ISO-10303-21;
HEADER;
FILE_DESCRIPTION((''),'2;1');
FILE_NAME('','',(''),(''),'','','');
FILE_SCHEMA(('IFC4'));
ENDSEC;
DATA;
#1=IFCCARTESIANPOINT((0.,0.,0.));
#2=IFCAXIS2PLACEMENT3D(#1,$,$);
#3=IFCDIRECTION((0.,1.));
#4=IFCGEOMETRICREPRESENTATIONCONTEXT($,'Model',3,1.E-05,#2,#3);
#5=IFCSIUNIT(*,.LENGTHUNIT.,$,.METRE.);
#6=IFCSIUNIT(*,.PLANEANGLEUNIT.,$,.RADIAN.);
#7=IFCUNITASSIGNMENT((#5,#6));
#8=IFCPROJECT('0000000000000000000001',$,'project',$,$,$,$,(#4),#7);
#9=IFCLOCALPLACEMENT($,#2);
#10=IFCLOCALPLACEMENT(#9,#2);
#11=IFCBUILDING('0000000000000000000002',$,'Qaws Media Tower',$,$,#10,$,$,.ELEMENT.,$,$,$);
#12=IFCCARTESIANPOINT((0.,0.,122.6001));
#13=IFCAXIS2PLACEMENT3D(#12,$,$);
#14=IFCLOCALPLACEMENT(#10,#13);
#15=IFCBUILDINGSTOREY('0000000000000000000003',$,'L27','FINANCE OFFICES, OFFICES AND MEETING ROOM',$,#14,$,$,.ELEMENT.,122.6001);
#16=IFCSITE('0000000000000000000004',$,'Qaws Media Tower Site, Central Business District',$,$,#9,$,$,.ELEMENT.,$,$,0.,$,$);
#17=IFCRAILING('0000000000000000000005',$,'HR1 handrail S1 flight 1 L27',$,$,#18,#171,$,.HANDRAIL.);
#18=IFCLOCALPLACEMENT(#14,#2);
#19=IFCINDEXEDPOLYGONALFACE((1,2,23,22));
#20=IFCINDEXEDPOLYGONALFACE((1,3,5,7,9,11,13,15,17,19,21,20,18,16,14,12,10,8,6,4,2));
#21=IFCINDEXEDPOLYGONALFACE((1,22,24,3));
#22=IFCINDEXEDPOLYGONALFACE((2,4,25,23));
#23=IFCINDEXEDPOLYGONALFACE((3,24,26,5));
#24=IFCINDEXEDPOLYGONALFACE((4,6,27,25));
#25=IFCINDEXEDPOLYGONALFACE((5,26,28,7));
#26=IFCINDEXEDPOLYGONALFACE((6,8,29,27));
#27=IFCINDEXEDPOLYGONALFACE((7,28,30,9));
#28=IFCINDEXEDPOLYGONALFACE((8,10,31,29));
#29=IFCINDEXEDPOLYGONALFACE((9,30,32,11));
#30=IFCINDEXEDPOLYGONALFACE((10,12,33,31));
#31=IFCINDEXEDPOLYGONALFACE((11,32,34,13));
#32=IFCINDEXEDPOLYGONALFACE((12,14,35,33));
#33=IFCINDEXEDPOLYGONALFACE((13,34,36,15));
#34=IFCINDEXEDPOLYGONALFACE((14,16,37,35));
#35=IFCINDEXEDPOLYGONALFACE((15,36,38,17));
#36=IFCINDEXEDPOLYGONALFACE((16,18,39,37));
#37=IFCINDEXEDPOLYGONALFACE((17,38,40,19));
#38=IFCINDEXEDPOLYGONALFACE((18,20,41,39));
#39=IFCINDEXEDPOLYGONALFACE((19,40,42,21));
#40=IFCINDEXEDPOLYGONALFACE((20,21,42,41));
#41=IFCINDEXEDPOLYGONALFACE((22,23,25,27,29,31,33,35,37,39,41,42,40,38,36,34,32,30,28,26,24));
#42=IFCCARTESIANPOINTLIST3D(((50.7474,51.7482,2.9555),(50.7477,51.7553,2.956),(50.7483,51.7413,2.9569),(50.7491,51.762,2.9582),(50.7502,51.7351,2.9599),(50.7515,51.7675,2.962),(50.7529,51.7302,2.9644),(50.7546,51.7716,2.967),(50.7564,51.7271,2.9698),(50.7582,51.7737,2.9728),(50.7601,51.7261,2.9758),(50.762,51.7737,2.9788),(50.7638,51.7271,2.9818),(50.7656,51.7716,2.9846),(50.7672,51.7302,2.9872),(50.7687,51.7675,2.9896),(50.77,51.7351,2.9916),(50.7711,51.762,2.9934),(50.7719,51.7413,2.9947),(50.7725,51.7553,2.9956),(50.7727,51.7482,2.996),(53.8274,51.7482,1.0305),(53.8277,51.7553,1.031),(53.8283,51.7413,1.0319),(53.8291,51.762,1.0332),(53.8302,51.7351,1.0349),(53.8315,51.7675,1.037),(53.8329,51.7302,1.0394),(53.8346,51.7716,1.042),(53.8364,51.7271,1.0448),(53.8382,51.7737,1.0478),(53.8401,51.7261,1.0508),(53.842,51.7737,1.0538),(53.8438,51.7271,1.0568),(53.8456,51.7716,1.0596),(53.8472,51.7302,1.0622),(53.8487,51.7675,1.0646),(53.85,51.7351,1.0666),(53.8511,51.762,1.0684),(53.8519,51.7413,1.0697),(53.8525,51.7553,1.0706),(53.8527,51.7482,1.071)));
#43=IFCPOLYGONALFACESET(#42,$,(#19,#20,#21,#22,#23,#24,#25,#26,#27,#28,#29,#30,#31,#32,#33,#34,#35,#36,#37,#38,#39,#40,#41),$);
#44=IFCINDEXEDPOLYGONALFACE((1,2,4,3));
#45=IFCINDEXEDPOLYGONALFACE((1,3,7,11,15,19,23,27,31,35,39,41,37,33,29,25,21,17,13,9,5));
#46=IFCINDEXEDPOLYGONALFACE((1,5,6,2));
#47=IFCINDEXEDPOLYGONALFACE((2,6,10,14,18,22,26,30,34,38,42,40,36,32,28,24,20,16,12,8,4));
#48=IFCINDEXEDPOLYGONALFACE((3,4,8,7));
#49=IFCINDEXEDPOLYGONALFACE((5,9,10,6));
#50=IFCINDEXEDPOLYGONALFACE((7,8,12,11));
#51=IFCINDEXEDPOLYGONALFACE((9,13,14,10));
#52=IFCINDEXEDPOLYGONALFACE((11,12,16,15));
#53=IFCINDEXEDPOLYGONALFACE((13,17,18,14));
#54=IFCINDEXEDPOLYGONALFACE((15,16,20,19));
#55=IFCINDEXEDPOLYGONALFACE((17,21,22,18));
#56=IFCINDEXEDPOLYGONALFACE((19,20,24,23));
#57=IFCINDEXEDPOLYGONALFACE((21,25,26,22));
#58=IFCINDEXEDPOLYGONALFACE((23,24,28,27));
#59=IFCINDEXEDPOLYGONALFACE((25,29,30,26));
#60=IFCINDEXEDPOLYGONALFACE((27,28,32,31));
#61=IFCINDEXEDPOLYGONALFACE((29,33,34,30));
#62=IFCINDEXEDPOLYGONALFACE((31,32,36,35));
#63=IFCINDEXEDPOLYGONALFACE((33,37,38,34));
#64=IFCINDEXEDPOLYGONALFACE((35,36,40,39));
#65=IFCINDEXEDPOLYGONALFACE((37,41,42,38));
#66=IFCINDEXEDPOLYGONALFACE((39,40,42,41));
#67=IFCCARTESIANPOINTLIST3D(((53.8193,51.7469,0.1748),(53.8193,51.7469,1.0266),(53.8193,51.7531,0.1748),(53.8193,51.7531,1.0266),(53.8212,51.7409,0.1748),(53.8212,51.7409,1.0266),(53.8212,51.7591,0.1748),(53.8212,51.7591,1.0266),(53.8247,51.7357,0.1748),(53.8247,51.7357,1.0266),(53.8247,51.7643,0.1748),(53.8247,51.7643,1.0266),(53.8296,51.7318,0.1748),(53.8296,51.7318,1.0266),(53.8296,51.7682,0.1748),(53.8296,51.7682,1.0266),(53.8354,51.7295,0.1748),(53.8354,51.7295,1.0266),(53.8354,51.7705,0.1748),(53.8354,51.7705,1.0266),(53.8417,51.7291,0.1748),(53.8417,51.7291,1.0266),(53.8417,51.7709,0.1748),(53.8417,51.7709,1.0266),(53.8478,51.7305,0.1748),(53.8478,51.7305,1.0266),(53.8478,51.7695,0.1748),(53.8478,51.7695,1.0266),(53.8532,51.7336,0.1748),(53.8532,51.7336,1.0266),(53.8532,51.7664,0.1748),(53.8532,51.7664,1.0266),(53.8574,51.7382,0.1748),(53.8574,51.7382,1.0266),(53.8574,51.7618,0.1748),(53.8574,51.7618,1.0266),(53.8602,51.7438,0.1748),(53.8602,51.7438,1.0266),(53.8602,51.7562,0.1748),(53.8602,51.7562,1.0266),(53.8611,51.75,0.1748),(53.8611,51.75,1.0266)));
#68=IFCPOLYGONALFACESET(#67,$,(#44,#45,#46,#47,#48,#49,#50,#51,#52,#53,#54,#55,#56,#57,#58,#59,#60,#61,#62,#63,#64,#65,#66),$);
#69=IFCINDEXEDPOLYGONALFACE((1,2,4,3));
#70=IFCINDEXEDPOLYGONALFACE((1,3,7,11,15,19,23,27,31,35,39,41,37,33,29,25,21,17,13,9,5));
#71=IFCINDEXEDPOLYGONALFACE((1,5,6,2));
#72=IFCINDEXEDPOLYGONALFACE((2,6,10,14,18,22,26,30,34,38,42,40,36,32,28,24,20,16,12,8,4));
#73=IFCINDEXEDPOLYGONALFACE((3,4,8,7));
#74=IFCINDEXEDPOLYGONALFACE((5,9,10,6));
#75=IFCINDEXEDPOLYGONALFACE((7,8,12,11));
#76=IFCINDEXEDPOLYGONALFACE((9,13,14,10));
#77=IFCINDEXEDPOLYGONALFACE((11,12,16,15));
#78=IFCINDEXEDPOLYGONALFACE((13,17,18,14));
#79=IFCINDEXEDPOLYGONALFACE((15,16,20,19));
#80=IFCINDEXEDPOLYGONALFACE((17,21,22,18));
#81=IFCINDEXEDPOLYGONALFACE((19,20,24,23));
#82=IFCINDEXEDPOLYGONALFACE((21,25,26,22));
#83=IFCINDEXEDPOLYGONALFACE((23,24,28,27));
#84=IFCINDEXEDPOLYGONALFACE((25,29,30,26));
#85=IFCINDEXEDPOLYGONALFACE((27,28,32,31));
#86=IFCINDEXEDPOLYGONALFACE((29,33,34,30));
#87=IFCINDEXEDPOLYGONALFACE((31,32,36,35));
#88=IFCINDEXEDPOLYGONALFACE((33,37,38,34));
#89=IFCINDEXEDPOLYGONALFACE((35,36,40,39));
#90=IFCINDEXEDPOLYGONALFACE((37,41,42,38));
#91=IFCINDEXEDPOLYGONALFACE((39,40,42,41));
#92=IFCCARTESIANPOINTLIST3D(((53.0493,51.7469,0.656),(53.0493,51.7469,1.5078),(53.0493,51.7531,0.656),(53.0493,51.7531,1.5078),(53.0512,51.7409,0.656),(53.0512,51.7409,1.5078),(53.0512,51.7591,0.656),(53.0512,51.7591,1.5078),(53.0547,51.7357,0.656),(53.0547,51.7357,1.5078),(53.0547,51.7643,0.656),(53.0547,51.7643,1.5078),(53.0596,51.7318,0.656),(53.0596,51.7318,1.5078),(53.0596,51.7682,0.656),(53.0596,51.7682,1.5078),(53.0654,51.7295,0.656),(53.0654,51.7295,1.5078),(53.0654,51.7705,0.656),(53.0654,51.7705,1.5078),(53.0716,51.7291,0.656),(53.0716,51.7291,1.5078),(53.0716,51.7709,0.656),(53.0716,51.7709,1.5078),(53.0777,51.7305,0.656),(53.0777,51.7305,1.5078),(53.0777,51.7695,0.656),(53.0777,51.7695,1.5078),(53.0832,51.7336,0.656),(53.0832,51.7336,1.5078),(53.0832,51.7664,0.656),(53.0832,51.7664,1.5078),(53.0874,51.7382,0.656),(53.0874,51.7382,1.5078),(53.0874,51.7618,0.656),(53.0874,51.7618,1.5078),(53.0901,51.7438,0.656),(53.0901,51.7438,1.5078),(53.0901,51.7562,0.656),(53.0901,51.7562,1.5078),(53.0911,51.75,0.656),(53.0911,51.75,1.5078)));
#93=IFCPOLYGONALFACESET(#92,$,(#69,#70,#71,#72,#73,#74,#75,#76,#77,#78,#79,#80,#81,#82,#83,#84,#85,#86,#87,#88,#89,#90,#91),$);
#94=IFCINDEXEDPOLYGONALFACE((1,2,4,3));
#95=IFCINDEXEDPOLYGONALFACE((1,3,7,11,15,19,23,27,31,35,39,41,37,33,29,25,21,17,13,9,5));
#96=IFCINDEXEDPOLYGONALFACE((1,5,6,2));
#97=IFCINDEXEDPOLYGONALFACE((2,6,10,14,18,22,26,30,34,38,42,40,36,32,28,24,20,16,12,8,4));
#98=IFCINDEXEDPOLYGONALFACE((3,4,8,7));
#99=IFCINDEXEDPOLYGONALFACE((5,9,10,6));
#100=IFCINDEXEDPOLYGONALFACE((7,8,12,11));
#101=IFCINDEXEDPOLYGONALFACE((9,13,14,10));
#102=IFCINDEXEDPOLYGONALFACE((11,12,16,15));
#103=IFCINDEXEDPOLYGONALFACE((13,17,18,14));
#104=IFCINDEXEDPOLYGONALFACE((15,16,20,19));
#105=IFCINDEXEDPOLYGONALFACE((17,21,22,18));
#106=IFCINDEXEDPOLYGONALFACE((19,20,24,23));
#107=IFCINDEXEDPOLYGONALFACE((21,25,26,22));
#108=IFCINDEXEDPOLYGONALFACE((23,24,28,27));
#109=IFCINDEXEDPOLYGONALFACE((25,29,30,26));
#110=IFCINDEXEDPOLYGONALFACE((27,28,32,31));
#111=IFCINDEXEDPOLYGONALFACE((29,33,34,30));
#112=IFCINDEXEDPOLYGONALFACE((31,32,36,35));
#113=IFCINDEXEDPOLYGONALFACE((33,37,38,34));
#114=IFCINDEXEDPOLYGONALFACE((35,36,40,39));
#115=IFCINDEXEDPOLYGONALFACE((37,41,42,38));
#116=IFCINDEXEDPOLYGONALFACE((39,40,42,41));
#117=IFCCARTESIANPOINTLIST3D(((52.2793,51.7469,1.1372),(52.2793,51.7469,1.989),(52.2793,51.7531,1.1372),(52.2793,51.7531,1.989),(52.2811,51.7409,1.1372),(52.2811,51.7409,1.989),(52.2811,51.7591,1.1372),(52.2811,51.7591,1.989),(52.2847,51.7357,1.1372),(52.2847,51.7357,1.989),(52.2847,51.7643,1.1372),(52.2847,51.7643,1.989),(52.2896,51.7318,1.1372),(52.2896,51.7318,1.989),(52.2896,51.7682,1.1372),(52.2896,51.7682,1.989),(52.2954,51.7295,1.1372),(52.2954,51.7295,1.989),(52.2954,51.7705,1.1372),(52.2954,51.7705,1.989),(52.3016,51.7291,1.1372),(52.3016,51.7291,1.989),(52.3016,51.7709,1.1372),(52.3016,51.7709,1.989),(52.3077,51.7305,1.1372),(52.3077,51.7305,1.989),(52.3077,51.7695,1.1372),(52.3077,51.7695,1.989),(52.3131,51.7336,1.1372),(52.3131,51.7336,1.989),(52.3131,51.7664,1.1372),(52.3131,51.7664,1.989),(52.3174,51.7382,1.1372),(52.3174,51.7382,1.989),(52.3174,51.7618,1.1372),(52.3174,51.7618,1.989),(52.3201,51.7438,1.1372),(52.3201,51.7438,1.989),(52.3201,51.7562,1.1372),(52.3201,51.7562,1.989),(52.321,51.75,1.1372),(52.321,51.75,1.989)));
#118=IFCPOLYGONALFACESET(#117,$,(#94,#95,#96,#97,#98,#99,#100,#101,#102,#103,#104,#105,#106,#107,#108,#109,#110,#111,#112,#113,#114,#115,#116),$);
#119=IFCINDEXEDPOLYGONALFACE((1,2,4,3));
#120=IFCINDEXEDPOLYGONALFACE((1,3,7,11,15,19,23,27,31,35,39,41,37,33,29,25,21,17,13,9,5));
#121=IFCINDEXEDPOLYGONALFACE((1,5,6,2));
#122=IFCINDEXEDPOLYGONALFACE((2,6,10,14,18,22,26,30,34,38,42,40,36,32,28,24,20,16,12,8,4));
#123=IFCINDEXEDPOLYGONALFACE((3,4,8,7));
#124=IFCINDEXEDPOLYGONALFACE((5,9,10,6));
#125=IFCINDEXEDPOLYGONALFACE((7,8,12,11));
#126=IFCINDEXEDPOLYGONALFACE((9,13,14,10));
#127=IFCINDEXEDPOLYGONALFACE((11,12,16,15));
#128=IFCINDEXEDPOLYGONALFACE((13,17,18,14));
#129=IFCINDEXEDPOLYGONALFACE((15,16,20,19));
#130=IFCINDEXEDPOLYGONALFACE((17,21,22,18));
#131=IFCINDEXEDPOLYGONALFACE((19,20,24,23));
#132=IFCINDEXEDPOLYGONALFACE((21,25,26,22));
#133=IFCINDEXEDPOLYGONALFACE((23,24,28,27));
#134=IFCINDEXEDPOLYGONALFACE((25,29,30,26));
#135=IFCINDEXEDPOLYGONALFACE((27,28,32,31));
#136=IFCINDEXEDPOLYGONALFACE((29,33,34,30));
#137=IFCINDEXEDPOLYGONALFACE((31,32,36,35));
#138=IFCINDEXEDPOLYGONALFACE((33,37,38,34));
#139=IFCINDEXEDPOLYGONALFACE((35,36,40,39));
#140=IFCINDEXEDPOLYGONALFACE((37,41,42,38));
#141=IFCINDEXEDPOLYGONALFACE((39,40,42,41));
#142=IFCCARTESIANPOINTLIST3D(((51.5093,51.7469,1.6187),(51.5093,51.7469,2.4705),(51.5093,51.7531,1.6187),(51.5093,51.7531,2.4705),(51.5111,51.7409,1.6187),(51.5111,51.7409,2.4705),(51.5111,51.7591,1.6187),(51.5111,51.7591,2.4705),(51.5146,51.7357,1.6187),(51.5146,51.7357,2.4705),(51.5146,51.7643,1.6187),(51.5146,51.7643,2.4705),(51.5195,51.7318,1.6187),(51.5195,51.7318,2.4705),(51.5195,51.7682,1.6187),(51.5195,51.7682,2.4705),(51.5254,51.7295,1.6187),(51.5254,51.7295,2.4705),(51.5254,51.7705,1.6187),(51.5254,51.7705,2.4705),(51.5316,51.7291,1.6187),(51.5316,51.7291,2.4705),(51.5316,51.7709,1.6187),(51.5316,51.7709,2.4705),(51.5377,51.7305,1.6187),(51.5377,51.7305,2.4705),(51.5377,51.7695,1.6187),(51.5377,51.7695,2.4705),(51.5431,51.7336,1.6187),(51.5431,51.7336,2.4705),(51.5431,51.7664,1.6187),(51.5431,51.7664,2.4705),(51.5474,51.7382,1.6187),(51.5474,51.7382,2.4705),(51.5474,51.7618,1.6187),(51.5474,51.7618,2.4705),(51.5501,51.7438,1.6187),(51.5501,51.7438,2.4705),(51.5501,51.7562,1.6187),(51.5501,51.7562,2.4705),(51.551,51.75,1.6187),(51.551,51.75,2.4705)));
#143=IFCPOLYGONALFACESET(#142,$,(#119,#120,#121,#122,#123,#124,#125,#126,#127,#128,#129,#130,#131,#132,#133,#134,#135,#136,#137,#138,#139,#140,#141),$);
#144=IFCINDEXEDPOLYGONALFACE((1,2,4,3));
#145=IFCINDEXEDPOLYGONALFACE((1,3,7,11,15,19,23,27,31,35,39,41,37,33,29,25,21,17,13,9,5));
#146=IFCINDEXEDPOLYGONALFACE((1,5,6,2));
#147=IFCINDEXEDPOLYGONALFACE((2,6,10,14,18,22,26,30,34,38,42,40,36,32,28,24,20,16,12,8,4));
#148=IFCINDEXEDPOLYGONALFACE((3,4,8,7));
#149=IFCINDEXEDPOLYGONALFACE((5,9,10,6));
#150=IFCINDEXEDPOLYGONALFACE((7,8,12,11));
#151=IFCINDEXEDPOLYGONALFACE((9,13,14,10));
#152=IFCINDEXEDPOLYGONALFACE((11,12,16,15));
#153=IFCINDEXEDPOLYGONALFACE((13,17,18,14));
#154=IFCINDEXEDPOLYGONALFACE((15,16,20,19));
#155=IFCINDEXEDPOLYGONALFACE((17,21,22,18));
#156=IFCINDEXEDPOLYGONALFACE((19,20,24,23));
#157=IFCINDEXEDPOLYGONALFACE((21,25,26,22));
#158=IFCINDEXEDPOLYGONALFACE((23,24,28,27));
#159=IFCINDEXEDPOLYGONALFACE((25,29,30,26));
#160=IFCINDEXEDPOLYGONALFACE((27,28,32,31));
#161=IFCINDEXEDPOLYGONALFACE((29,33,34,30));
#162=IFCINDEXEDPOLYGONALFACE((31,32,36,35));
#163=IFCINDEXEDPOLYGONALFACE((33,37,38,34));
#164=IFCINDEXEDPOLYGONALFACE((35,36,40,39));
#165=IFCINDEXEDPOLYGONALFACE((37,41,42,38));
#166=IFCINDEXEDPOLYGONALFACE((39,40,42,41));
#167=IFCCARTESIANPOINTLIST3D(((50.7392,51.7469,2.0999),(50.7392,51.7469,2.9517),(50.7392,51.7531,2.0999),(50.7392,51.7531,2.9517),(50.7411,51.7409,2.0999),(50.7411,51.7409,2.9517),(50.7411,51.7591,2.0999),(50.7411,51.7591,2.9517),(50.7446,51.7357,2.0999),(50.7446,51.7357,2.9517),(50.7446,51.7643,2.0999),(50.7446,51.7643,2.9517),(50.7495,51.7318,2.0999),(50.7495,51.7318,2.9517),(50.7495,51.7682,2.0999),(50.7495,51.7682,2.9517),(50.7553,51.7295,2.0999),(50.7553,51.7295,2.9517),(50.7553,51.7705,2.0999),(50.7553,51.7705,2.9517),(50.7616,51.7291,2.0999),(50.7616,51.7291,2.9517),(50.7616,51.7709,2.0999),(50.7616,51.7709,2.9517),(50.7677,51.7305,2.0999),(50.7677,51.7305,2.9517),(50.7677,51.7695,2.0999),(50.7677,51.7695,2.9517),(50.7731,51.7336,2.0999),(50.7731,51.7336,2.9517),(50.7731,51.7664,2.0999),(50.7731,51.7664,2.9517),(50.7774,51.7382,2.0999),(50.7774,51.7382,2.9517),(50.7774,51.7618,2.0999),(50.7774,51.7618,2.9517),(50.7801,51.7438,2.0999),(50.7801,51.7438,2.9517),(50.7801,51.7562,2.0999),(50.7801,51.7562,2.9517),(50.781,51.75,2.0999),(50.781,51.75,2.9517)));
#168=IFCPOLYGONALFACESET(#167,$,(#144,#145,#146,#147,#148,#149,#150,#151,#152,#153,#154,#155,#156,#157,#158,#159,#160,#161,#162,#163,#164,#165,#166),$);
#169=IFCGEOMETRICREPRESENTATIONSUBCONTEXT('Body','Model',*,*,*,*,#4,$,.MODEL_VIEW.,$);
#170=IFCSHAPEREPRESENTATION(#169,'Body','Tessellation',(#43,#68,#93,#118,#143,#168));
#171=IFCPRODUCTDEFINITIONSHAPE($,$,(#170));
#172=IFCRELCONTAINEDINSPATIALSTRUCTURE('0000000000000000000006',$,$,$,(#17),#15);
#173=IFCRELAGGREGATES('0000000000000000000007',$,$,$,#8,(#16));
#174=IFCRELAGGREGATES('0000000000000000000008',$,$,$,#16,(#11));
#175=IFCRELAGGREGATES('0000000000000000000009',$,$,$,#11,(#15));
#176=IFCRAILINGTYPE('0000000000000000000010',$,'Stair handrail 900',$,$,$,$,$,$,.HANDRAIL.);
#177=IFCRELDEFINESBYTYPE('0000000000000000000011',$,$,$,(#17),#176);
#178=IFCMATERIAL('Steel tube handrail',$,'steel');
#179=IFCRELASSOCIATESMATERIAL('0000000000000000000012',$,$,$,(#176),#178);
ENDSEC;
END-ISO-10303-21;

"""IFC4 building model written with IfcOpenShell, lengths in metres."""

from ifc_helpers import new_model, si_unit, direction, frame, origin, origin_2d, place, context, subcontext, project, spatial, circle, extrude, material, type_object, element, save


model = new_model("IFC4")

# Units and contexts
model_context = context("Model", 3, precision=1e-05, world=origin(), true_north=direction((0.0, 1.0)))
body_context = subcontext(model_context, "Body", "Model", "MODEL_VIEW")
ifc_project = project(units=[si_unit("LENGTHUNIT", "METRE"), si_unit("PLANEANGLEUNIT", "RADIAN")], contexts=[model_context])

# Site, building, storey
site_placement = place(None, origin())
site = spatial("IfcSite", under=ifc_project, at=site_placement, Name="Qaws Media Tower Site, Central Business District", CompositionType="ELEMENT", RefElevation=0.0)
building_placement = place(site_placement, origin())
building = spatial("IfcBuilding", under=site, at=building_placement, Name="Qaws Media Tower", CompositionType="ELEMENT")
storey_placement = place(building_placement, frame((0.0, 0.0, 122.6001)))
storey = spatial("IfcBuildingStorey", under=building, at=storey_placement, Name="L27", Description="FINANCE OFFICES, OFFICES AND MEETING ROOM", CompositionType="ELEMENT", Elevation=122.6001)

# Railing
ifc_material_1 = material(Name="Steel tube handrail", Category="steel")
railing_type = type_object("IfcRailingType", Name="Stair handrail 900", PredefinedType="HANDRAIL", material=ifc_material_1)
for number, where, name in (
    (1, (53.8401, 51.75, 0.1748), "HR1 handrail S1 flight 1 L27"),
):
    element("IfcRailing", number, at=place(storey_placement, frame(where)), inside=storey, type_object=railing_type, Name=name, PredefinedType="HANDRAIL", context=body_context, shape_type="SweptSolid", body=[
        extrude(circle(Radius=0.0239, at=origin_2d()), frame((0.0, 0.0, 0.876), z_axis=(-0.847998, 0.0, 0.529999), x_axis=(0.0, -1.0, 0.0)), (0.0, 0.0, 1.0), 3.6321),
        extrude(circle(Radius=0.021, at=origin_2d()), origin(), (0.0, 0.0, 1.0), 0.8518),
        extrude(circle(Radius=0.021, at=origin_2d()), frame((-0.77, 0.0, 0.4812)), (0.0, 0.0, 1.0), 0.8518),
        extrude(circle(Radius=0.021, at=origin_2d()), frame((-1.54, 0.0, 0.9624)), (0.0, 0.0, 1.0), 0.8518),
        extrude(circle(Radius=0.021, at=origin_2d()), frame((-2.3101, 0.0, 1.4438)), (0.0, 0.0, 1.0), 0.8518),
        extrude(circle(Radius=0.021, at=origin_2d()), frame((-3.0801, 0.0, 1.925)), (0.0, 0.0, 1.0), 0.8518),
    ])

save(model, "model.ifc")
